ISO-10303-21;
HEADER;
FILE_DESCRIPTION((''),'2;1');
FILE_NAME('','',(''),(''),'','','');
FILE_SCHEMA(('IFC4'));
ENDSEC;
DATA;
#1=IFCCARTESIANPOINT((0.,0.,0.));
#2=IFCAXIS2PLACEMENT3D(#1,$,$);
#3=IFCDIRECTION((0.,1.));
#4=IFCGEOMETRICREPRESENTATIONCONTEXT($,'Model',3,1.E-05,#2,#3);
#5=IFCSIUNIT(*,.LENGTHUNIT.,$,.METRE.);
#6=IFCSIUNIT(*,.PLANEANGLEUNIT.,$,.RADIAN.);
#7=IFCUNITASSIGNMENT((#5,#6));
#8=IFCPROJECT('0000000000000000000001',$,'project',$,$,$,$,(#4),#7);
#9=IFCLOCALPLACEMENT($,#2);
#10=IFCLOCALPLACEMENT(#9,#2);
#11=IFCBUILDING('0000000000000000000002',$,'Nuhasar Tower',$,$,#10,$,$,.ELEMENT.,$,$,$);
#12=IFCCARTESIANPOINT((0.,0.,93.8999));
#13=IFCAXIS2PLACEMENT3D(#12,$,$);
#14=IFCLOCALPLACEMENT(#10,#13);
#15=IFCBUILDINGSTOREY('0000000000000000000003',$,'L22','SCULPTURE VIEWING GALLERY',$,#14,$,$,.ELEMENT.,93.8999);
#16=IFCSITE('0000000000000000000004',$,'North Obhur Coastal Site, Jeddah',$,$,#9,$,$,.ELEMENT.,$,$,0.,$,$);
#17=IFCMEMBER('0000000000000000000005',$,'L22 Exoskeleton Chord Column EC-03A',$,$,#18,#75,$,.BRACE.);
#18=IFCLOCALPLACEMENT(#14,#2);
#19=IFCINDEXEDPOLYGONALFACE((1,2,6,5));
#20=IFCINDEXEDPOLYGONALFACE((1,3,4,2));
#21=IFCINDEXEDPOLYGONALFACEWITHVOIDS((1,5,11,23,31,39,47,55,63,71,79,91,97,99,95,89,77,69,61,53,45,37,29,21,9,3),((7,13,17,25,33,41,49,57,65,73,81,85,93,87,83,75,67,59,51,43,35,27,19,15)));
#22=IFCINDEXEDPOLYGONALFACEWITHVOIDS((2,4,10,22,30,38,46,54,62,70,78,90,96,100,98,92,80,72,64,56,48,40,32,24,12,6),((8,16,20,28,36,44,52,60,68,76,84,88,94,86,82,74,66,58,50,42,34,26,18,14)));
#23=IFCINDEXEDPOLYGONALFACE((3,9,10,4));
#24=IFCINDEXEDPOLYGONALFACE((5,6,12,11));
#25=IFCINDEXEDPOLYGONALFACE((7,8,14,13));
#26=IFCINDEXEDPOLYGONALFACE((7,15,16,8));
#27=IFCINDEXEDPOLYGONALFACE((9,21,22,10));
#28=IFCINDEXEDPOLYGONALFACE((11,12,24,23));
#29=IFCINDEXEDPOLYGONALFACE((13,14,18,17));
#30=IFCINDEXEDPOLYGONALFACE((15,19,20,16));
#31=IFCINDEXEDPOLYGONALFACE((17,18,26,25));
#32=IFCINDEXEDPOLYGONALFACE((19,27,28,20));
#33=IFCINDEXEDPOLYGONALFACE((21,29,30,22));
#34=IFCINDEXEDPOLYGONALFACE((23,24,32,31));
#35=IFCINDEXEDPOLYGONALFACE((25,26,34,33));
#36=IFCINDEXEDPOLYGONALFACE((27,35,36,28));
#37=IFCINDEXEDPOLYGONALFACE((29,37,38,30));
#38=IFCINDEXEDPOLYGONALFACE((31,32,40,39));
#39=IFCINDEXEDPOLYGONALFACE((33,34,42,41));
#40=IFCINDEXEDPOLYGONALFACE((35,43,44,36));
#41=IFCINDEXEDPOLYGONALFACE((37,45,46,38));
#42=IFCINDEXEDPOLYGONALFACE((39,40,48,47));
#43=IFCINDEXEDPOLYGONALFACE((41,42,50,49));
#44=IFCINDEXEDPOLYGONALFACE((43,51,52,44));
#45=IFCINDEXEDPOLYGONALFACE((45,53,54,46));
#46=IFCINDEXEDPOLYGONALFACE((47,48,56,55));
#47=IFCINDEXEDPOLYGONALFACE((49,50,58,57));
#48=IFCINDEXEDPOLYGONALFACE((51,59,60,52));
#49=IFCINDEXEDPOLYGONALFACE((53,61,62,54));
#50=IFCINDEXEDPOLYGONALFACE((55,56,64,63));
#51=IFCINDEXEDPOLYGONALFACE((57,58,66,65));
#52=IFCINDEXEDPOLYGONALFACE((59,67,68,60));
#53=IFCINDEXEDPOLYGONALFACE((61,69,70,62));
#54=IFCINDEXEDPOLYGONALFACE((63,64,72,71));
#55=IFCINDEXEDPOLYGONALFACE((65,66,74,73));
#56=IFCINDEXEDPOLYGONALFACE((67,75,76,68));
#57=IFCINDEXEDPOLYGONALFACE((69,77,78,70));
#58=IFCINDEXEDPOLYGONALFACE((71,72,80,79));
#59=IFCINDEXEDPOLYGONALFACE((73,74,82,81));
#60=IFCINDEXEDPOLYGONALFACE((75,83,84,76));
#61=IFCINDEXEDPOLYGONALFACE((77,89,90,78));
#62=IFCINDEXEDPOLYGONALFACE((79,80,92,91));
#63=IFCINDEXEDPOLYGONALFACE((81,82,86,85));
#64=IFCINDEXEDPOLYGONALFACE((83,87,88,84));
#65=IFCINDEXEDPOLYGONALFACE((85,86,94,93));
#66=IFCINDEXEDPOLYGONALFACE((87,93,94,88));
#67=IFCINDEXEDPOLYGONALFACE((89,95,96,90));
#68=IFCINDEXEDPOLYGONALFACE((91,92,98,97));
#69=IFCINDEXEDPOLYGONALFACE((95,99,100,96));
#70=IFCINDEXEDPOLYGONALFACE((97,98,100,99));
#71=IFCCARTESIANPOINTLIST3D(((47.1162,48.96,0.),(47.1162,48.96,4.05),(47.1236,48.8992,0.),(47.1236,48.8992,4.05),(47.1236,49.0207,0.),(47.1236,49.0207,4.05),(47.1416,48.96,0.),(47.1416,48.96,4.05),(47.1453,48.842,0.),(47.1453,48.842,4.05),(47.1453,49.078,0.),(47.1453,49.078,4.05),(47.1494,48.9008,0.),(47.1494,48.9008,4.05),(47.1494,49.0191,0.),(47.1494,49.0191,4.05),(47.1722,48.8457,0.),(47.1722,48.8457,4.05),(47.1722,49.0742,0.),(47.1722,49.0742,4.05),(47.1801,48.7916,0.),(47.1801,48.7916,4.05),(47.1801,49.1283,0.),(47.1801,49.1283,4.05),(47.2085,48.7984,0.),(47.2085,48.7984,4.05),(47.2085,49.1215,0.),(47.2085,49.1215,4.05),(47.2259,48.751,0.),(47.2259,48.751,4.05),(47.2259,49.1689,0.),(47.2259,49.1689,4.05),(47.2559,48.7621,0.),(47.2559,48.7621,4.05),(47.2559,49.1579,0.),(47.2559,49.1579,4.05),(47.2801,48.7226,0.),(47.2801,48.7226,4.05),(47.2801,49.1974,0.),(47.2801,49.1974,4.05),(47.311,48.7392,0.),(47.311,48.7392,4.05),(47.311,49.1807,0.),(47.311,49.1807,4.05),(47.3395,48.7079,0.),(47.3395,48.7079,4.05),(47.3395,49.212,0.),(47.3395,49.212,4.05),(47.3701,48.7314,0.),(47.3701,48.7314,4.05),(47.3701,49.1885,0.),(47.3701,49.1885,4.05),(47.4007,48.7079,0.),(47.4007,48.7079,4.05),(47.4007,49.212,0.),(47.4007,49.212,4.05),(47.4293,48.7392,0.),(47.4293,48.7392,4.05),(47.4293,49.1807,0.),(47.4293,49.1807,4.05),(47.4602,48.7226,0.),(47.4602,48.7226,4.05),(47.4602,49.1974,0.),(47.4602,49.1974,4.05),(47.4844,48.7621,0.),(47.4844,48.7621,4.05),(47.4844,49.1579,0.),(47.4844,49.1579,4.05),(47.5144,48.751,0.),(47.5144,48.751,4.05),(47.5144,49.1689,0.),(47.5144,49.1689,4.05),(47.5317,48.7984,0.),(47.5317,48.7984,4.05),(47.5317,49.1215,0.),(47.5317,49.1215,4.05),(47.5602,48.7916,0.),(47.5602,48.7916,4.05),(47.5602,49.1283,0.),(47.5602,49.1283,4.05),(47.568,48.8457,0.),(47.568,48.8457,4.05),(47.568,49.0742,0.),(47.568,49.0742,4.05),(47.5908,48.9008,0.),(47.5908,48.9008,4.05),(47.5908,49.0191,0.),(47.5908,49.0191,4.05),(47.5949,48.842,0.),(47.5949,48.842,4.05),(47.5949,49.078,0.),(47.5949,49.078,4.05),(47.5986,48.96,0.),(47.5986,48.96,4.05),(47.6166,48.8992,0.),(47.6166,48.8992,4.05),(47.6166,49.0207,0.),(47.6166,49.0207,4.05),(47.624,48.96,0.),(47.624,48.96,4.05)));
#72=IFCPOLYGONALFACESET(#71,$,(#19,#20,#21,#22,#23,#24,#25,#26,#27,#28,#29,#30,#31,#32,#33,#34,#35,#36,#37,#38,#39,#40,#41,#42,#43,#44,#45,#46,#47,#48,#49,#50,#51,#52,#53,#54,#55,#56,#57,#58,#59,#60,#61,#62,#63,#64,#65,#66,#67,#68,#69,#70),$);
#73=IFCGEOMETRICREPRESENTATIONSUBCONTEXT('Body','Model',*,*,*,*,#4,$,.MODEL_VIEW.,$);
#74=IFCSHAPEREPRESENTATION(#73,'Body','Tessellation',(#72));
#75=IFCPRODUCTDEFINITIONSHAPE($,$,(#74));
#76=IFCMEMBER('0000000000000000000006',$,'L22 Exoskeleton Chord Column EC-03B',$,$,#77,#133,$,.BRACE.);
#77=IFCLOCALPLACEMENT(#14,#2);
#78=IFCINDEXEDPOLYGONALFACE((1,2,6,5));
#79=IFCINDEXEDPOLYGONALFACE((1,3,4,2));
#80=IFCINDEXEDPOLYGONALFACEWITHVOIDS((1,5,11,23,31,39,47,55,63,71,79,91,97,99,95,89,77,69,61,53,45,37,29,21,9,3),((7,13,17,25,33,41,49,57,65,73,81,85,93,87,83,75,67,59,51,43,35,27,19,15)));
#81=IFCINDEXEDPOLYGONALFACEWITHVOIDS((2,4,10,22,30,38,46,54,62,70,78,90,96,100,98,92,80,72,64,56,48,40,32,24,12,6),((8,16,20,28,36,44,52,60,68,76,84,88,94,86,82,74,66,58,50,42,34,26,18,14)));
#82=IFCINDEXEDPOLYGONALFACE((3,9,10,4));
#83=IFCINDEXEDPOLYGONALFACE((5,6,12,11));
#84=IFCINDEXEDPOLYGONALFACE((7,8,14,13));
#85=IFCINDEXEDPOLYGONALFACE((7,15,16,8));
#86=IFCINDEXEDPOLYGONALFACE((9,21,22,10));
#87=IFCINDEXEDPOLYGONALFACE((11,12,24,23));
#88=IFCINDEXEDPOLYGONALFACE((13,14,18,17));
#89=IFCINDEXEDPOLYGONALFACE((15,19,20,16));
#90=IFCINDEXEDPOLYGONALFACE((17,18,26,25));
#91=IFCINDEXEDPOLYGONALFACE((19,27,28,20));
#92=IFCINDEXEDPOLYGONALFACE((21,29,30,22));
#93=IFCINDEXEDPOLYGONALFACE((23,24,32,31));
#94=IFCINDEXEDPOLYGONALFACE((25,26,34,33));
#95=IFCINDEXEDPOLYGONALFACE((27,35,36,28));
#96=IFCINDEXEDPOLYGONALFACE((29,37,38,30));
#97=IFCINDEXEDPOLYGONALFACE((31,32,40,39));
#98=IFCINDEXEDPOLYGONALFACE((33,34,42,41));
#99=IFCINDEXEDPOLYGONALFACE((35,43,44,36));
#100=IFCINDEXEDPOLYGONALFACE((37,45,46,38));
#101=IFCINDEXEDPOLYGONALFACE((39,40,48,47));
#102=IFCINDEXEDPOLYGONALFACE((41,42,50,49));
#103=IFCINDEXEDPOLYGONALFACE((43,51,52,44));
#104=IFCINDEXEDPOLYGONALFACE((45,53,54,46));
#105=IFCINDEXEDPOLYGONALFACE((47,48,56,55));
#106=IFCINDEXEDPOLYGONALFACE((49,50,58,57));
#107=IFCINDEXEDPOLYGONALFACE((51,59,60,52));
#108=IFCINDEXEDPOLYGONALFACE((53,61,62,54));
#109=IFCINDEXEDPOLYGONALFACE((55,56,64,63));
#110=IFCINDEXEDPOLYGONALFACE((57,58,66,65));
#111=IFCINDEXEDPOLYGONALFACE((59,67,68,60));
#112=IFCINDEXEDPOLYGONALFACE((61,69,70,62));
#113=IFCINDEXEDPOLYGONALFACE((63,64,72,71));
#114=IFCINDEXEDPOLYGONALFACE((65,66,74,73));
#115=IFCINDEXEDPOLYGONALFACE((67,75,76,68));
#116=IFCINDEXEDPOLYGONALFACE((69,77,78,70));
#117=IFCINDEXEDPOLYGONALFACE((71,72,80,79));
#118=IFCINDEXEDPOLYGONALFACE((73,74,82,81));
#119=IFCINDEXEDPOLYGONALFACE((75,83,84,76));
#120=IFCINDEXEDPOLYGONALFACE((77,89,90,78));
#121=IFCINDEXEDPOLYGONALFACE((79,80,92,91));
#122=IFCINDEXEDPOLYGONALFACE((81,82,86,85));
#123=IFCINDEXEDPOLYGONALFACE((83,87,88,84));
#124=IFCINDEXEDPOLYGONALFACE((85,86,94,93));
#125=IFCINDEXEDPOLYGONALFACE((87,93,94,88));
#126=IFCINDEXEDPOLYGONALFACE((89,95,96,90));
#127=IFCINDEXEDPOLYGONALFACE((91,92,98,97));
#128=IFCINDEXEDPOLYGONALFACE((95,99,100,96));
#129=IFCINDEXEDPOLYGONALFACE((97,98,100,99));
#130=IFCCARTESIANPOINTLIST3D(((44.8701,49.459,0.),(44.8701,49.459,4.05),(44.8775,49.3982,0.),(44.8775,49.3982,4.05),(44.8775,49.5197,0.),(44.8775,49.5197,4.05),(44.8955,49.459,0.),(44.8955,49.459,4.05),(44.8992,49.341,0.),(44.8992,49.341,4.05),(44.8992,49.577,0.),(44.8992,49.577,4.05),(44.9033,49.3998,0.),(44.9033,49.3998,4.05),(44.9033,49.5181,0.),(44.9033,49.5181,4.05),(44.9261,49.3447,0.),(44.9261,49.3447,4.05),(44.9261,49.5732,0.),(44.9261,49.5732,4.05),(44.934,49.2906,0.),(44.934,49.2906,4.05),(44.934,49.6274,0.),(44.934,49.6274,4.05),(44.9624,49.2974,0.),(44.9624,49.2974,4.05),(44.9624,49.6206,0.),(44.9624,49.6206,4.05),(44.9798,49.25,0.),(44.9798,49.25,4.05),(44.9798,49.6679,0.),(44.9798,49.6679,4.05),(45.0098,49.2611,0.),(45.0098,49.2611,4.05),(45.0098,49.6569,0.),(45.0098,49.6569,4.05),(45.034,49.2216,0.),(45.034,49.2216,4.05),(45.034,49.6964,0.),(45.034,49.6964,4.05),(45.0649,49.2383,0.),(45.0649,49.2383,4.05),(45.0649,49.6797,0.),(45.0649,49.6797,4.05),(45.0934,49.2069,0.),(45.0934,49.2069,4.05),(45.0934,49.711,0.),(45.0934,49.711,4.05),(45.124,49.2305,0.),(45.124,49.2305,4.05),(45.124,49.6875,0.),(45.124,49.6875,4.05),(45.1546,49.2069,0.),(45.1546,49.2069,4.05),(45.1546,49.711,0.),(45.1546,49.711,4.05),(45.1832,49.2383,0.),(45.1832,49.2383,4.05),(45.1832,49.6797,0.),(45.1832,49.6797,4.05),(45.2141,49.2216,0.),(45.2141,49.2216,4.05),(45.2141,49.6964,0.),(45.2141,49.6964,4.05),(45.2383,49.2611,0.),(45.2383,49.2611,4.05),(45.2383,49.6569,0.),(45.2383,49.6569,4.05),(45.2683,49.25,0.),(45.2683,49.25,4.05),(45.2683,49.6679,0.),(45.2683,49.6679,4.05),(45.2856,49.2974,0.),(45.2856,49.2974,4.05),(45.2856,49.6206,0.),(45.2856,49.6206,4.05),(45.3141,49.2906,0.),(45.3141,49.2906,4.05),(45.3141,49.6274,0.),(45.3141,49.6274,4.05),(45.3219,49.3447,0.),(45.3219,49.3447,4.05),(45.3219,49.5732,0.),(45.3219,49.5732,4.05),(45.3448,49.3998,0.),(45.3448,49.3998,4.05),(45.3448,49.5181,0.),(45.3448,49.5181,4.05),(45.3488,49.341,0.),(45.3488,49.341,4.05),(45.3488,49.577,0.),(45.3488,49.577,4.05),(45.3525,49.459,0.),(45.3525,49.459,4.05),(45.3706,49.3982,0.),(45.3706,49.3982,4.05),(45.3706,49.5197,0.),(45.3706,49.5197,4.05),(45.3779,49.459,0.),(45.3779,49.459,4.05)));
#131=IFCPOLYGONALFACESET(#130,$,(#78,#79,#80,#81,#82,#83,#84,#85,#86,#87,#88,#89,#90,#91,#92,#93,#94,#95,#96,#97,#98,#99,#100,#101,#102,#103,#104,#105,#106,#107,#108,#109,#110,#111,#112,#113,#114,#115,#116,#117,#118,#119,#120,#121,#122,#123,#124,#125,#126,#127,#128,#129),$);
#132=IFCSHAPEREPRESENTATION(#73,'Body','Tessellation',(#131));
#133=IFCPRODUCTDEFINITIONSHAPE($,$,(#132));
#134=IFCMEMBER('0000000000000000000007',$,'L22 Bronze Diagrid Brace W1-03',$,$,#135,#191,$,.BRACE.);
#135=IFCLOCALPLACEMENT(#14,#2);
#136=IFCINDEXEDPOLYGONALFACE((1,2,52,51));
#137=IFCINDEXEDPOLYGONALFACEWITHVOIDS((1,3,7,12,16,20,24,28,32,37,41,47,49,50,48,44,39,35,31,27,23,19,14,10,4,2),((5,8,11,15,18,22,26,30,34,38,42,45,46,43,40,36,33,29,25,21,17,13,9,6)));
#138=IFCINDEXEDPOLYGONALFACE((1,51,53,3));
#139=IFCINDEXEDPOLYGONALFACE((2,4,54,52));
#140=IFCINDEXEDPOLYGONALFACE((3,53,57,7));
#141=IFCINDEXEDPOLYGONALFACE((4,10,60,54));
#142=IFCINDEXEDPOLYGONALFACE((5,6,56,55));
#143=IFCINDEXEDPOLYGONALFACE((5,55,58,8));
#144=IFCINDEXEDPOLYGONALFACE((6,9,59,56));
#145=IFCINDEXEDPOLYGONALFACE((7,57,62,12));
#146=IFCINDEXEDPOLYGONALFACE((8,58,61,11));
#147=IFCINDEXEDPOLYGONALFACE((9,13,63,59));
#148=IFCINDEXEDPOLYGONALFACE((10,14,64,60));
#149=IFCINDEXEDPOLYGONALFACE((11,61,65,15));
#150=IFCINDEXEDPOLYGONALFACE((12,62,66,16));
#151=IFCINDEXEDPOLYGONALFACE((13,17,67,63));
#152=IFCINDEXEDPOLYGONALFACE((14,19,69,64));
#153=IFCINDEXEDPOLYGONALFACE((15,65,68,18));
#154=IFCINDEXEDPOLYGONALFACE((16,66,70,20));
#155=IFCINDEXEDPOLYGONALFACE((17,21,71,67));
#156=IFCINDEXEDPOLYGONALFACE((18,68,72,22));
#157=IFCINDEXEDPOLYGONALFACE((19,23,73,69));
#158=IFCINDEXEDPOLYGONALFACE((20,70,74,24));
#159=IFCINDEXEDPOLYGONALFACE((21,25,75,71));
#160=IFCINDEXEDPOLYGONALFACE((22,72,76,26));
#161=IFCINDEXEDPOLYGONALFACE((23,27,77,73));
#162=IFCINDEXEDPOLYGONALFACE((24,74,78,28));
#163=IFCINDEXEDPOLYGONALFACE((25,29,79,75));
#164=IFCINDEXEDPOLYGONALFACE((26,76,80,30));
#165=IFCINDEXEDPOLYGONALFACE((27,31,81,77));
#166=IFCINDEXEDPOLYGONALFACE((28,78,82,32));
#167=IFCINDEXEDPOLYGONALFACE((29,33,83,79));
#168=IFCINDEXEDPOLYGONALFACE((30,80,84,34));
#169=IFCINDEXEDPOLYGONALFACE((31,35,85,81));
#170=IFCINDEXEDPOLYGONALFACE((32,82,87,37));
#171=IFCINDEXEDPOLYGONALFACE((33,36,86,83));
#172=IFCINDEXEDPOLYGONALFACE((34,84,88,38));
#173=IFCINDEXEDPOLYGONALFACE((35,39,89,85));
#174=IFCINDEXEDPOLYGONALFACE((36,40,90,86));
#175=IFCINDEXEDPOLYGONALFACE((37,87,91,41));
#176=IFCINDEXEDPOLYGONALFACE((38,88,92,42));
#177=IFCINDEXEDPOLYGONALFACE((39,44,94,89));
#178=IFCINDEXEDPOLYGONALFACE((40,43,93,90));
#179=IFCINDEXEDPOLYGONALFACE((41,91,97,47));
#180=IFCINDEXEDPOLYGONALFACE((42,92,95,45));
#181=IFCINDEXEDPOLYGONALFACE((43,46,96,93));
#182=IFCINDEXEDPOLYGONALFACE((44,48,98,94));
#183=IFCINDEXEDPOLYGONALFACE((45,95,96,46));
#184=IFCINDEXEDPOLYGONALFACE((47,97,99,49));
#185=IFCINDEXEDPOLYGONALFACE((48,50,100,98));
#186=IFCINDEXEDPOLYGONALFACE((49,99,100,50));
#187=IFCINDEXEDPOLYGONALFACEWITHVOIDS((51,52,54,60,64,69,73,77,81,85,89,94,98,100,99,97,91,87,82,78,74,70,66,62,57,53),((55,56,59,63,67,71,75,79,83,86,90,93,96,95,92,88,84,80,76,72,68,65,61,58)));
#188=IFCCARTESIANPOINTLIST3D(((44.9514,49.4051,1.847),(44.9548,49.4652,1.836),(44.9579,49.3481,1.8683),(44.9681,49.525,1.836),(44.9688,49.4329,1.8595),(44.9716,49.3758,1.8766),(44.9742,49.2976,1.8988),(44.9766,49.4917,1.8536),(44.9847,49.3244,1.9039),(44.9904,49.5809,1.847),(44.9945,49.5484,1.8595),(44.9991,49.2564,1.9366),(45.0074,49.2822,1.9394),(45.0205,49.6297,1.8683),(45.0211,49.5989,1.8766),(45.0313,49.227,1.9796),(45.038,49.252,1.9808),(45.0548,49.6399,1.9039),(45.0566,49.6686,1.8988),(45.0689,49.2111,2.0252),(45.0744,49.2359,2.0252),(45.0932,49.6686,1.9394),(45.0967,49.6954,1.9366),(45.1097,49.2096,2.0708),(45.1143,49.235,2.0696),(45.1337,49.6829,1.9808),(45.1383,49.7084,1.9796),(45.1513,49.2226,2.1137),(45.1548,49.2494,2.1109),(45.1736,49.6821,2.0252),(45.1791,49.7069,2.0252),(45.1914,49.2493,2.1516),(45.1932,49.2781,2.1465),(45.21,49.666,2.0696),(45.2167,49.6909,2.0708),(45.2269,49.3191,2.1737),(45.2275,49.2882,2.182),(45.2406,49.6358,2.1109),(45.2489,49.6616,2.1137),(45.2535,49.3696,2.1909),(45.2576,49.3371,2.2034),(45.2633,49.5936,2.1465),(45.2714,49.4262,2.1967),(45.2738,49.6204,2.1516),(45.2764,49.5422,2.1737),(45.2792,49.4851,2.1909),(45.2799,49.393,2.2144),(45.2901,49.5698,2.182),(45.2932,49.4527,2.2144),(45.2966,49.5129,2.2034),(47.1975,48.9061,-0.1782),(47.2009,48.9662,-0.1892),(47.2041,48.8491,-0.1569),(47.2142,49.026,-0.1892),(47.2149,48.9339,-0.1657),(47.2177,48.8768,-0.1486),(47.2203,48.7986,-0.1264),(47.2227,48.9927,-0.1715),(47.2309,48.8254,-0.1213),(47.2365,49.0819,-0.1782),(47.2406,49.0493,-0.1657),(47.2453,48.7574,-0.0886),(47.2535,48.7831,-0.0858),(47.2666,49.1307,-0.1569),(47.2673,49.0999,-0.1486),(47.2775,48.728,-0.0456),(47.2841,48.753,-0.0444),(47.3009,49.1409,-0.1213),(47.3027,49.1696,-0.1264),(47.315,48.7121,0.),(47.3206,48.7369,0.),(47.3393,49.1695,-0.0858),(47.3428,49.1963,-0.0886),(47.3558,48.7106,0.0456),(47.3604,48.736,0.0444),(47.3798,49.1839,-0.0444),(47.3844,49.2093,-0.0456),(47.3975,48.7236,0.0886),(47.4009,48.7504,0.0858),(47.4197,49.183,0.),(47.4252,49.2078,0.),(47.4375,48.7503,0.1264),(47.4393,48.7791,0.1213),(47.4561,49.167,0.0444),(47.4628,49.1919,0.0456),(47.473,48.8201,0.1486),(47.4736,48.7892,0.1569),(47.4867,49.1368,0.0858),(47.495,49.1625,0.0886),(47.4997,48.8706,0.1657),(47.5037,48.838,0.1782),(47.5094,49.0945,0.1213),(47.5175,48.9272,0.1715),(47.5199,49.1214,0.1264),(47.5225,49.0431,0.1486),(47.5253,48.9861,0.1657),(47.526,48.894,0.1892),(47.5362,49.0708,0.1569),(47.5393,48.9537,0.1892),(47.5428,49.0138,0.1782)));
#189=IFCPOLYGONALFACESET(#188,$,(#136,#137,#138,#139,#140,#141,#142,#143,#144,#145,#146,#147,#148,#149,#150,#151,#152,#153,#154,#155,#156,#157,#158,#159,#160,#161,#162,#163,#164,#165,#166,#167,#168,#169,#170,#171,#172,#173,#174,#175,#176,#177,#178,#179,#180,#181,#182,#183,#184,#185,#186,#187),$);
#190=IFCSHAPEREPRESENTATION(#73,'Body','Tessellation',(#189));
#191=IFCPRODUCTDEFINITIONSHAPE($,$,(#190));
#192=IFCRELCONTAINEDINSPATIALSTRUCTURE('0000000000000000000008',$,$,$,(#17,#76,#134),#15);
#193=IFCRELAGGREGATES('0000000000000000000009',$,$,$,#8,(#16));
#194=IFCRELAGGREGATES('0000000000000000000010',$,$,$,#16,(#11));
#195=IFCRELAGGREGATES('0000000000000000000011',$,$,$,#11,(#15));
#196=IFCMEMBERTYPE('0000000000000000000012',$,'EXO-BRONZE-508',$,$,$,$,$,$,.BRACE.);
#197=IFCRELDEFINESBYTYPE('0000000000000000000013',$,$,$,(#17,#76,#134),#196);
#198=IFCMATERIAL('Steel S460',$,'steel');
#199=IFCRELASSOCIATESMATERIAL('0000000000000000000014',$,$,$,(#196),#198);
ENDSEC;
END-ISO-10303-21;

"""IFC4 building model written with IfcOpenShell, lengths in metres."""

from ifc_helpers import new_model, si_unit, direction, frame, origin, origin_2d, place, context, subcontext, project, spatial, hollow_circle, extrude, material, material_profile, profile_set, type_object, element, save


model = new_model("IFC4")

# Units and contexts
model_context = context("Model", 3, precision=1e-05, world=origin(), true_north=direction((0.0, 1.0)))
body_context = subcontext(model_context, "Body", "Model", "MODEL_VIEW")
ifc_project = project(units=[si_unit("LENGTHUNIT", "METRE"), si_unit("PLANEANGLEUNIT", "RADIAN")], contexts=[model_context])

# Site, building, storey
site_placement = place(None, origin())
site = spatial("IfcSite", under=ifc_project, at=site_placement, Name="North Obhur Coastal Site, Jeddah", CompositionType="ELEMENT", RefElevation=0.0)
building_placement = place(site_placement, origin())
building = spatial("IfcBuilding", under=site, at=building_placement, Name="Nuhasar Tower", CompositionType="ELEMENT")
storey_placement = place(building_placement, frame((0.0, 0.0, 93.8999)))
storey = spatial("IfcBuildingStorey", under=building, at=storey_placement, Name="L22", Description="SCULPTURE VIEWING GALLERY", CompositionType="ELEMENT", Elevation=93.8999)

# Members
ifc_material_1 = material(Name="Steel S460", Category="steel")
ifc_material_profile_1 = material_profile(ifc_material_1, hollow_circle(Radius=0.2539, WallThickness=0.0254, at=origin_2d()), Name="HSS508X25.4")
ifc_profile_set_1 = profile_set([ifc_material_profile_1], Name="Steel S460")
member_type_1 = type_object("IfcMemberType", Name="EXO-BRONZE-508", PredefinedType="BRACE", material=ifc_profile_set_1)
for number, where, z_axis, x_axis, name in (
    (1, (47.3701, 48.96, 0.0), (0.0, 0.0, 1.0), (1.0, 0.0, 0.0), "L22 Exoskeleton Chord Column EC-03A"),
    (2, (45.124, 49.459, 0.0), (0.0, 0.0, 1.0), (1.0, 0.0, 0.0), "L22 Exoskeleton Chord Column EC-03B"),
):
    element("IfcMember", number, at=place(storey_placement, frame(where, z_axis=z_axis, x_axis=x_axis)), inside=storey, type_object=member_type_1, Name=name, PredefinedType="BRACE", context=body_context, shape_type="SweptSolid", body=[
        extrude(hollow_circle(Radius=0.2539, WallThickness=0.0254, at=origin_2d()), origin(), (0.0, 0.0, 1.0), 4.05),
    ])
member_1_placement = place(storey_placement, frame((47.3701, 48.96, 0.0), z_axis=(-0.732783, 0.162805, 0.660699), x_axis=(-0.216886, -0.976197, 0.0)))
element("IfcMember", 3, at=member_1_placement, inside=storey, type_object=member_type_1, Name="L22 Bronze Diagrid Brace W1-03", PredefinedType="BRACE", context=body_context, shape_type="SweptSolid", body=[
    extrude(hollow_circle(Radius=0.2539, WallThickness=0.0254, at=origin_2d()), origin(), (0.0, 0.0, 1.0), 3.0652),
])

save(model, "model.ifc")
